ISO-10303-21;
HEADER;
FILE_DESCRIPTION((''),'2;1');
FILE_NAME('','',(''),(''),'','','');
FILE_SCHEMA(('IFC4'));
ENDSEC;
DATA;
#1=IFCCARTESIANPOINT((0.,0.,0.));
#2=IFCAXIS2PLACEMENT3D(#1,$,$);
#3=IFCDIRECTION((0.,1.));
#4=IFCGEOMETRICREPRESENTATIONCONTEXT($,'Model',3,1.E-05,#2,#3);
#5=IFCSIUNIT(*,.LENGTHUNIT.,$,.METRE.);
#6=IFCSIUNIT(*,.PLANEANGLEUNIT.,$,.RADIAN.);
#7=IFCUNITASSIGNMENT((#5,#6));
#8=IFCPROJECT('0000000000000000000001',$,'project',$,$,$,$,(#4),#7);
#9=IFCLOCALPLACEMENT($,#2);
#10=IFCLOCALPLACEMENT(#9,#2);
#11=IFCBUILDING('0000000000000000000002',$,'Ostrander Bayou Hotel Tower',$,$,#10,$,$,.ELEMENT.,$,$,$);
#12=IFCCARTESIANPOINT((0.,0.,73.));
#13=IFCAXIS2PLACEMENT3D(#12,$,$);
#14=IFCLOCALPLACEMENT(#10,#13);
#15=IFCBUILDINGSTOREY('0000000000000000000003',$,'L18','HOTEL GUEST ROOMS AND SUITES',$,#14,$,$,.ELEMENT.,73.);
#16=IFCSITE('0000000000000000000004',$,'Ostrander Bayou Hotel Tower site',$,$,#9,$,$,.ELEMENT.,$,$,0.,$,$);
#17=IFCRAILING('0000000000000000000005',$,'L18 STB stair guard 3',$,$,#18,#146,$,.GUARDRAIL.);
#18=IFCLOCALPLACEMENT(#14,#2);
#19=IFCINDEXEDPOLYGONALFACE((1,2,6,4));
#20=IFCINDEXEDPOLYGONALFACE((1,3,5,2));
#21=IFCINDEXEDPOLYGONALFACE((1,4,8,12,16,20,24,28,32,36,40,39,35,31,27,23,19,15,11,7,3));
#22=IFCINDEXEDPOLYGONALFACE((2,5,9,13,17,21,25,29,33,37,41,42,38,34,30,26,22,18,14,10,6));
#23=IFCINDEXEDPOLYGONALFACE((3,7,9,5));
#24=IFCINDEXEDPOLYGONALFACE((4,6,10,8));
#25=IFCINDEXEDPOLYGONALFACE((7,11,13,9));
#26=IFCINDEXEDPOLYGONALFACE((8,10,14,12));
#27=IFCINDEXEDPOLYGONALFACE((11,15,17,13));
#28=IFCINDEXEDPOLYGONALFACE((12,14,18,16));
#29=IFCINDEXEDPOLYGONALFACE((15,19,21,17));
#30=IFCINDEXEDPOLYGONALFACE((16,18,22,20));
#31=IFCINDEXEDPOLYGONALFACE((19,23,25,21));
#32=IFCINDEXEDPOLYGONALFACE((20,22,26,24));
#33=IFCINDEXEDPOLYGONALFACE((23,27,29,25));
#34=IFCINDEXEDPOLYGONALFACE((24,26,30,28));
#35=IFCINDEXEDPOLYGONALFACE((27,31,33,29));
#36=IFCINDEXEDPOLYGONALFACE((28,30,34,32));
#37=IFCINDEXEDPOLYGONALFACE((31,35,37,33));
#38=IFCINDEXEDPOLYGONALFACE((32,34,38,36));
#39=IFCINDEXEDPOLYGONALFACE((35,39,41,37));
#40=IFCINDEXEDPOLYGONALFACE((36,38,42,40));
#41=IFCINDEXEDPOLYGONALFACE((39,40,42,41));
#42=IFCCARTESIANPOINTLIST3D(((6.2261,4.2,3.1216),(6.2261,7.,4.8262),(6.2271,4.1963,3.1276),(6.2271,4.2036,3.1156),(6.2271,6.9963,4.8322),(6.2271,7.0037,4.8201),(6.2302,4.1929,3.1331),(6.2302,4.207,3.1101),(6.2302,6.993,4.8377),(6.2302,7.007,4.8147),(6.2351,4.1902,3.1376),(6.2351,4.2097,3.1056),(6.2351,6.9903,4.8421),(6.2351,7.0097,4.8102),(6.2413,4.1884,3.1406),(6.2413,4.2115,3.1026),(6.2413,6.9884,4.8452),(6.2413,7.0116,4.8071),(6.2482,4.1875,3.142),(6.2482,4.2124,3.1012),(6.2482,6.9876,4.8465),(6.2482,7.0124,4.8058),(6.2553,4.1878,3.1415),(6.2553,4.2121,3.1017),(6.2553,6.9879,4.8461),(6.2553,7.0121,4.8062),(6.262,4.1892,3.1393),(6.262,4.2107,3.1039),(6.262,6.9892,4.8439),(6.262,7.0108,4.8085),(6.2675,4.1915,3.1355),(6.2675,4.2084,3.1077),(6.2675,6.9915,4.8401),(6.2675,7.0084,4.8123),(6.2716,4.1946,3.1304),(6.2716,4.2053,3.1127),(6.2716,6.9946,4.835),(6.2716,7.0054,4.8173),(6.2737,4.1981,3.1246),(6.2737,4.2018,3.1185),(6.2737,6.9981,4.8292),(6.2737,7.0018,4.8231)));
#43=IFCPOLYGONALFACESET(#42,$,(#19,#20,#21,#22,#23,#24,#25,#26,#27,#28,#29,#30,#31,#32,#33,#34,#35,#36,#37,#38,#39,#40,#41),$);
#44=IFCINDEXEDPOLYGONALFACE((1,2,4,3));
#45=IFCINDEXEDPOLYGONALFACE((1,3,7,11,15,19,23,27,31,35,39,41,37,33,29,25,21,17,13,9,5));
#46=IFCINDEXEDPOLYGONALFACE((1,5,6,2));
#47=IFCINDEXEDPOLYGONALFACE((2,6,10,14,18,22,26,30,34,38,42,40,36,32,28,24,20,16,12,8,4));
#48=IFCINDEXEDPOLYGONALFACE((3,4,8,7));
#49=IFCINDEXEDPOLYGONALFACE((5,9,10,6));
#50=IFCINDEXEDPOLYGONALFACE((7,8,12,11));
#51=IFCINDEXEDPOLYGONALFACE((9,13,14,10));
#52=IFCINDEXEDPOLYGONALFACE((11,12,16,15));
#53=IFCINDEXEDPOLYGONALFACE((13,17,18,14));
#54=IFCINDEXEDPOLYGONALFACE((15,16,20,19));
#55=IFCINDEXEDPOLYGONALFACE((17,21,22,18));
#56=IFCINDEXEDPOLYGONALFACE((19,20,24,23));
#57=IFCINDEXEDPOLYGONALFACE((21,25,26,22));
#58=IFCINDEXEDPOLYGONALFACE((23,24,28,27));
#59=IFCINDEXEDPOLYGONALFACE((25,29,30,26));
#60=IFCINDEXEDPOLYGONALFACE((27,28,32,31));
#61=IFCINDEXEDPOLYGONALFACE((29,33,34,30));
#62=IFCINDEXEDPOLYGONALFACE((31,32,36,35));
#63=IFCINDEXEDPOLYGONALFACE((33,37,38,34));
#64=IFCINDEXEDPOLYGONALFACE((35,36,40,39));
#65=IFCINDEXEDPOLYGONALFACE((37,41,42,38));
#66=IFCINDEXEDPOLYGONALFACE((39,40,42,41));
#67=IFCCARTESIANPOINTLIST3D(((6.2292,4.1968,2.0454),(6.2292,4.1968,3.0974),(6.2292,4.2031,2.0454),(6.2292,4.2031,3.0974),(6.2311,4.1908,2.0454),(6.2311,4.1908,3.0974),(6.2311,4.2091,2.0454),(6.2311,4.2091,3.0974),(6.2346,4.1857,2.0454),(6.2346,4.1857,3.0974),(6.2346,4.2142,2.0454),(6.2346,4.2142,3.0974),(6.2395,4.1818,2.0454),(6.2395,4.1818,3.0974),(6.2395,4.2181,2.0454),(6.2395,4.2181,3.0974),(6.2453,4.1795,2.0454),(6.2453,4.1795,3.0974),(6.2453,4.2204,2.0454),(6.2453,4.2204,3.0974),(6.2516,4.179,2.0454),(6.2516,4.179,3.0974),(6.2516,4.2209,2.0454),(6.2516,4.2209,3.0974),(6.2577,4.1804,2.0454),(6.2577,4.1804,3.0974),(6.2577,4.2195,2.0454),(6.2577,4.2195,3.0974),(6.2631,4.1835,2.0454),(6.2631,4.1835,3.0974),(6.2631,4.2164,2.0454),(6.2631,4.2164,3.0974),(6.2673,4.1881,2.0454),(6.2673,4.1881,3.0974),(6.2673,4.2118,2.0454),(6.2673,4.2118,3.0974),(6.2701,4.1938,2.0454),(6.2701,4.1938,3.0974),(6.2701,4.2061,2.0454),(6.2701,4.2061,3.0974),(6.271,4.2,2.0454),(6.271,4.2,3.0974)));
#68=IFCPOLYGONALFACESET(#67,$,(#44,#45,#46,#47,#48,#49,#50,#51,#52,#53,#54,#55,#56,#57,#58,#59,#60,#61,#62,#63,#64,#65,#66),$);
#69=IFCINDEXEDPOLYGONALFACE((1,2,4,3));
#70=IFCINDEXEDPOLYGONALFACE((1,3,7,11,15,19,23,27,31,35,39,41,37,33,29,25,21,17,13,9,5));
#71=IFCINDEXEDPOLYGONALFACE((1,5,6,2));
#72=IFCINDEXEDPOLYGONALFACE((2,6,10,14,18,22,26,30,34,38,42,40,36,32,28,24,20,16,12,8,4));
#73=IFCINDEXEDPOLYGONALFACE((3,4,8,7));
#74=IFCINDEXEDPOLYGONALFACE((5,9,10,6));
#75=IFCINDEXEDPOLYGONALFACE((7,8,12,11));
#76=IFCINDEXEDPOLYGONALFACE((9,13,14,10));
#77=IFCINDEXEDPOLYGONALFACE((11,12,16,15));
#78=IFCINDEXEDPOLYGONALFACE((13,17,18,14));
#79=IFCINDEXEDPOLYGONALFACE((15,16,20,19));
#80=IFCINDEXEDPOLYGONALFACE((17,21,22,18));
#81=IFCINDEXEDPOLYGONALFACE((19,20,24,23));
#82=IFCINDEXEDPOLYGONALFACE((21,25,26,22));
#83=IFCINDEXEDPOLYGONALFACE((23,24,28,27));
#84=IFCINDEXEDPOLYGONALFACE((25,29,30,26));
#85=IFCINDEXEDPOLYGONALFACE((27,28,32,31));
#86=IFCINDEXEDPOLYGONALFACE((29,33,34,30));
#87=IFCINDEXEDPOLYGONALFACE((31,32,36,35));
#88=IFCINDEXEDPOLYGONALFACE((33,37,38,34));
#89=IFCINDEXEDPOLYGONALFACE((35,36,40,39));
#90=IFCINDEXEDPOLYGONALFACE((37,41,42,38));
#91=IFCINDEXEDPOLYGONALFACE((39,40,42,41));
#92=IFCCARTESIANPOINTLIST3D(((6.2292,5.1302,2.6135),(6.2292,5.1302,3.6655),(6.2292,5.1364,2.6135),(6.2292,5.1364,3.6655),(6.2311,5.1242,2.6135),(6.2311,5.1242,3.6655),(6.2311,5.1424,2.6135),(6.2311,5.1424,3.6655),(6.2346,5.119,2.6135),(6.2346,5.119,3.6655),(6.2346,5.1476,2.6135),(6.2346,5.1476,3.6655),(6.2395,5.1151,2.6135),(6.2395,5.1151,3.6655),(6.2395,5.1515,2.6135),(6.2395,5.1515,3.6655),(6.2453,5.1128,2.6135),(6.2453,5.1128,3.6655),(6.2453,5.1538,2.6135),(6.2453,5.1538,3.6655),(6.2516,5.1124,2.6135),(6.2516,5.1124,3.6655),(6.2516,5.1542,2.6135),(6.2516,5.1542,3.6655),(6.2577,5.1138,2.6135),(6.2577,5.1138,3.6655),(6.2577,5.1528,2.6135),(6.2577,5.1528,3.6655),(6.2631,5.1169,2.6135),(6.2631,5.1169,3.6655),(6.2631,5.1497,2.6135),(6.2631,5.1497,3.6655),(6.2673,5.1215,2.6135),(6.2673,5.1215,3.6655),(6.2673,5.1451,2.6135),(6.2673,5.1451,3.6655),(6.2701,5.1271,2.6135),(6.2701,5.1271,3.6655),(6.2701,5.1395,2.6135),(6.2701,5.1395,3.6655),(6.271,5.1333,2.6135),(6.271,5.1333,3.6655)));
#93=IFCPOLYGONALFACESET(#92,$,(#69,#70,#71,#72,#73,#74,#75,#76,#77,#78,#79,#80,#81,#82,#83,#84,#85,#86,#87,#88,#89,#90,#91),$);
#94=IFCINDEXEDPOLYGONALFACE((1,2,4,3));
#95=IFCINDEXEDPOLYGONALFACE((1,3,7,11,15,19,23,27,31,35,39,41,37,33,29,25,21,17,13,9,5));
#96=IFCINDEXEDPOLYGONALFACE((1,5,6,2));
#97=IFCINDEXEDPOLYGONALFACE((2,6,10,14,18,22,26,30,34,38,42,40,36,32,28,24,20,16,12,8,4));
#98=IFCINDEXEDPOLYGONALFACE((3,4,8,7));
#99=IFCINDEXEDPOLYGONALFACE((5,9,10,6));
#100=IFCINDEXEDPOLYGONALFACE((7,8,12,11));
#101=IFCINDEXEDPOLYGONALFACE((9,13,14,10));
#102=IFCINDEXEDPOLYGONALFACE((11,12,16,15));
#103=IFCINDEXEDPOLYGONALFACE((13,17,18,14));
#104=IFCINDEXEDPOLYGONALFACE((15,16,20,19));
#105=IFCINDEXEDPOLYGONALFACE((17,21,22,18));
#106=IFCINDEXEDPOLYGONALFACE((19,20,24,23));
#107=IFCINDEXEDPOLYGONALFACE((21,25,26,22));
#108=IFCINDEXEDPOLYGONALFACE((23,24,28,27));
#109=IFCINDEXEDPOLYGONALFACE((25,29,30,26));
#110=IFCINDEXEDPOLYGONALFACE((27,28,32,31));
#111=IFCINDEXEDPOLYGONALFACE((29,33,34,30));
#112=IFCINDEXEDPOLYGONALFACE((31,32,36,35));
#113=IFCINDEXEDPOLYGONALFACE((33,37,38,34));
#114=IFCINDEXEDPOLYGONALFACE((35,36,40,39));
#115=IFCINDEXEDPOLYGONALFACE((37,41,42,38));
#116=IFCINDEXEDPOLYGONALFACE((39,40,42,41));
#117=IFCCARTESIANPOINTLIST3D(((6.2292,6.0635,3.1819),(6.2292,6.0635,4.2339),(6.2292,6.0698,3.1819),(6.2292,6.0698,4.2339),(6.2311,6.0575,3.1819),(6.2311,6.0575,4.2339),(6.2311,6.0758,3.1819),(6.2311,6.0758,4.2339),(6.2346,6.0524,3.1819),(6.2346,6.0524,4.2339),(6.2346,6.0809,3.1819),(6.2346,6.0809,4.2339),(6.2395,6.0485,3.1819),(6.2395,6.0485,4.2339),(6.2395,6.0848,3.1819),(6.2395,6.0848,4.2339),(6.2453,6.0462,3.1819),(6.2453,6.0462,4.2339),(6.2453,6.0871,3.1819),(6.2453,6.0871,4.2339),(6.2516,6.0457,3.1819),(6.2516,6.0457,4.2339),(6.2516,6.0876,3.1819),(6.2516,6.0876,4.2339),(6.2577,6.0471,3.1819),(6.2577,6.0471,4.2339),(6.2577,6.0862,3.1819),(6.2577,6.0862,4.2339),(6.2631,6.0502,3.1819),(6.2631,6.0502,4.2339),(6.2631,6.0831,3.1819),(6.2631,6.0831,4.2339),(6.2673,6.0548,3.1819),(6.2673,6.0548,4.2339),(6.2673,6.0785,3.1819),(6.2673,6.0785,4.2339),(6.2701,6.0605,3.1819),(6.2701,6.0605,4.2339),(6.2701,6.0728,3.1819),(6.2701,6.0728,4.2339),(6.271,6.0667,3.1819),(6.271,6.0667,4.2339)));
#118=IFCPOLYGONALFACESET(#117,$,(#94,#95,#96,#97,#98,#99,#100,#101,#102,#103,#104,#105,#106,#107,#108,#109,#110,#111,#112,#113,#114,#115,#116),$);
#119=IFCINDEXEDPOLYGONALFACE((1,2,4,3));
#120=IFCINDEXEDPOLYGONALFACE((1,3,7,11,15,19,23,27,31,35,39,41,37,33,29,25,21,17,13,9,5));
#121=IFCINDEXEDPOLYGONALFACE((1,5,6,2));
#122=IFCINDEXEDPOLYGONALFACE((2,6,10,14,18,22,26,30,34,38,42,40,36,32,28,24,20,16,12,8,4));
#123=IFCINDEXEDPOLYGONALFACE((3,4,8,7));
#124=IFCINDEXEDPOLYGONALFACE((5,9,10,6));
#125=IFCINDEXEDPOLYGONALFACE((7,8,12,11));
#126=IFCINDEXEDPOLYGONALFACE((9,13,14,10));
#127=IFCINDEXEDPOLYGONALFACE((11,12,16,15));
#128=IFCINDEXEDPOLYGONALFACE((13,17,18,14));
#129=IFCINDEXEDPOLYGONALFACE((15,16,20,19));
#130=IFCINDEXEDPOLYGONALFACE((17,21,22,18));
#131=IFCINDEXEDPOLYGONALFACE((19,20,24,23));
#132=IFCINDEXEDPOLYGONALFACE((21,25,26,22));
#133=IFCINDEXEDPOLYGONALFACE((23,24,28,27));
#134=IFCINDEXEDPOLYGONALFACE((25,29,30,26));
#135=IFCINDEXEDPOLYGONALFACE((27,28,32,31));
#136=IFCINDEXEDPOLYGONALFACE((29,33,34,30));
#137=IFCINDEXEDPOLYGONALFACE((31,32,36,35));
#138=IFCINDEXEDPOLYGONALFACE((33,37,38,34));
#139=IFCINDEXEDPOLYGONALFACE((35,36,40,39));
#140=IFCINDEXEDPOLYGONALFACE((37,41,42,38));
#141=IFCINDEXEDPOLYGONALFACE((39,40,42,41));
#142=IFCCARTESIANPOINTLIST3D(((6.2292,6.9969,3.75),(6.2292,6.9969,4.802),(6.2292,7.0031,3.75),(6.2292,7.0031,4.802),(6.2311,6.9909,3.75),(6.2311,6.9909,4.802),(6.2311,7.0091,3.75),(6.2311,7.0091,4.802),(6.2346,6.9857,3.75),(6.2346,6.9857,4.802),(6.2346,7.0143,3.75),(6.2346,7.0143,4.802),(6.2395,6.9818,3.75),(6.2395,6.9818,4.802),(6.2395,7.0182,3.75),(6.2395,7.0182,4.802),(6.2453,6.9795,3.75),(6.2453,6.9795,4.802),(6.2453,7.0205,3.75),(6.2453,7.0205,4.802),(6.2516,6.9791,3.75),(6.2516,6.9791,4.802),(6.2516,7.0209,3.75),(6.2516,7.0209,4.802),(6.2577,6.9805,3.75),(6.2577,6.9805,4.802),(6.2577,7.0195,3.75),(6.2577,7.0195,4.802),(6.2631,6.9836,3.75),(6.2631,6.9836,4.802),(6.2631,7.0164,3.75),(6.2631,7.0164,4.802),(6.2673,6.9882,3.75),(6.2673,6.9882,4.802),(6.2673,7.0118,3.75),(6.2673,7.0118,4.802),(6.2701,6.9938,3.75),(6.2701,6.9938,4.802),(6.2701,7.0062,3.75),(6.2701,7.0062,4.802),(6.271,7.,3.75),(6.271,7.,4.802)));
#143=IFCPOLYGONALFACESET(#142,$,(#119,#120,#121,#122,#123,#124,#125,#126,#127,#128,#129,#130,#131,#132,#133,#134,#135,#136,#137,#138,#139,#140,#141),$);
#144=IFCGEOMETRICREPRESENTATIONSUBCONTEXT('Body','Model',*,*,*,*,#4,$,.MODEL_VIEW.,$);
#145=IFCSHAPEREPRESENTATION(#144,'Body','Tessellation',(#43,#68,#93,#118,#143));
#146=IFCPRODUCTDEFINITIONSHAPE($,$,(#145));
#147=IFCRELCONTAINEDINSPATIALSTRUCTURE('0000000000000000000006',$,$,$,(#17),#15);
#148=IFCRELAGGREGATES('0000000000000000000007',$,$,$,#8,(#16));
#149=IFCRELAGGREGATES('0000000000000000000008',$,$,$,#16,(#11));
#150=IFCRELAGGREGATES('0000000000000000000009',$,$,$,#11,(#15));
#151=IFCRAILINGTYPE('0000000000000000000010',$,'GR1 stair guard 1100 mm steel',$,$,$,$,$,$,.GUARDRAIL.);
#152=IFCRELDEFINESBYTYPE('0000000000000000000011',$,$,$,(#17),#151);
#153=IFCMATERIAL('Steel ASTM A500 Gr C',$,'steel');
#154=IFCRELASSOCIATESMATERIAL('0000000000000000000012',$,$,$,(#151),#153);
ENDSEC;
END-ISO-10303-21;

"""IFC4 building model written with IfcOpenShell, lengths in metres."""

from ifc_helpers import new_model, si_unit, direction, frame, origin, origin_2d, place, context, subcontext, project, spatial, circle, extrude, material, type_object, element, save


model = new_model("IFC4")

# Units and contexts
model_context = context("Model", 3, precision=1e-05, world=origin(), true_north=direction((0.0, 1.0)))
body_context = subcontext(model_context, "Body", "Model", "MODEL_VIEW")
ifc_project = project(units=[si_unit("LENGTHUNIT", "METRE"), si_unit("PLANEANGLEUNIT", "RADIAN")], contexts=[model_context])

# Site, building, storey
site_placement = place(None, origin())
site = spatial("IfcSite", under=ifc_project, at=site_placement, Name="Ostrander Bayou Hotel Tower site", CompositionType="ELEMENT", RefElevation=0.0)
building_placement = place(site_placement, origin())
building = spatial("IfcBuilding", under=site, at=building_placement, Name="Ostrander Bayou Hotel Tower", CompositionType="ELEMENT")
storey_placement = place(building_placement, frame((0.0, 0.0, 73.0)))
storey = spatial("IfcBuildingStorey", under=building, at=storey_placement, Name="L18", Description="HOTEL GUEST ROOMS AND SUITES", CompositionType="ELEMENT", Elevation=73.0)

# Railing
ifc_material_1 = material(Name="Steel ASTM A500 Gr C", Category="steel")
railing_type_1 = type_object("IfcRailingType", Name="GR1 stair guard 1100 mm steel", PredefinedType="GUARDRAIL", material=ifc_material_1)
railing_1_placement = place(storey_placement, frame((6.25, 4.2, 2.0454)))
element("IfcRailing", 1, at=railing_1_placement, inside=storey, type_object=railing_type_1, Name="L18 STB stair guard 3", PredefinedType="GUARDRAIL", context=body_context, shape_type="SweptSolid", body=[
    extrude(circle(Radius=0.0239, at=origin_2d()), frame((0.0, 0.0, 1.0762), z_axis=(0.0, 0.85417, 0.519994), x_axis=(-1.0, 0.0, 0.0)), (0.0, 0.0, 1.0), 3.2781),
    extrude(circle(Radius=0.021, at=origin_2d()), origin(), (0.0, 0.0, 1.0), 1.052),
    extrude(circle(Radius=0.021, at=origin_2d()), frame((0.0, 0.9333, 0.5681)), (0.0, 0.0, 1.0), 1.052),
    extrude(circle(Radius=0.021, at=origin_2d()), frame((0.0, 1.8667, 1.1365)), (0.0, 0.0, 1.0), 1.052),
    extrude(circle(Radius=0.021, at=origin_2d()), frame((0.0, 2.8, 1.7046)), (0.0, 0.0, 1.0), 1.052),
])

save(model, "model.ifc")
